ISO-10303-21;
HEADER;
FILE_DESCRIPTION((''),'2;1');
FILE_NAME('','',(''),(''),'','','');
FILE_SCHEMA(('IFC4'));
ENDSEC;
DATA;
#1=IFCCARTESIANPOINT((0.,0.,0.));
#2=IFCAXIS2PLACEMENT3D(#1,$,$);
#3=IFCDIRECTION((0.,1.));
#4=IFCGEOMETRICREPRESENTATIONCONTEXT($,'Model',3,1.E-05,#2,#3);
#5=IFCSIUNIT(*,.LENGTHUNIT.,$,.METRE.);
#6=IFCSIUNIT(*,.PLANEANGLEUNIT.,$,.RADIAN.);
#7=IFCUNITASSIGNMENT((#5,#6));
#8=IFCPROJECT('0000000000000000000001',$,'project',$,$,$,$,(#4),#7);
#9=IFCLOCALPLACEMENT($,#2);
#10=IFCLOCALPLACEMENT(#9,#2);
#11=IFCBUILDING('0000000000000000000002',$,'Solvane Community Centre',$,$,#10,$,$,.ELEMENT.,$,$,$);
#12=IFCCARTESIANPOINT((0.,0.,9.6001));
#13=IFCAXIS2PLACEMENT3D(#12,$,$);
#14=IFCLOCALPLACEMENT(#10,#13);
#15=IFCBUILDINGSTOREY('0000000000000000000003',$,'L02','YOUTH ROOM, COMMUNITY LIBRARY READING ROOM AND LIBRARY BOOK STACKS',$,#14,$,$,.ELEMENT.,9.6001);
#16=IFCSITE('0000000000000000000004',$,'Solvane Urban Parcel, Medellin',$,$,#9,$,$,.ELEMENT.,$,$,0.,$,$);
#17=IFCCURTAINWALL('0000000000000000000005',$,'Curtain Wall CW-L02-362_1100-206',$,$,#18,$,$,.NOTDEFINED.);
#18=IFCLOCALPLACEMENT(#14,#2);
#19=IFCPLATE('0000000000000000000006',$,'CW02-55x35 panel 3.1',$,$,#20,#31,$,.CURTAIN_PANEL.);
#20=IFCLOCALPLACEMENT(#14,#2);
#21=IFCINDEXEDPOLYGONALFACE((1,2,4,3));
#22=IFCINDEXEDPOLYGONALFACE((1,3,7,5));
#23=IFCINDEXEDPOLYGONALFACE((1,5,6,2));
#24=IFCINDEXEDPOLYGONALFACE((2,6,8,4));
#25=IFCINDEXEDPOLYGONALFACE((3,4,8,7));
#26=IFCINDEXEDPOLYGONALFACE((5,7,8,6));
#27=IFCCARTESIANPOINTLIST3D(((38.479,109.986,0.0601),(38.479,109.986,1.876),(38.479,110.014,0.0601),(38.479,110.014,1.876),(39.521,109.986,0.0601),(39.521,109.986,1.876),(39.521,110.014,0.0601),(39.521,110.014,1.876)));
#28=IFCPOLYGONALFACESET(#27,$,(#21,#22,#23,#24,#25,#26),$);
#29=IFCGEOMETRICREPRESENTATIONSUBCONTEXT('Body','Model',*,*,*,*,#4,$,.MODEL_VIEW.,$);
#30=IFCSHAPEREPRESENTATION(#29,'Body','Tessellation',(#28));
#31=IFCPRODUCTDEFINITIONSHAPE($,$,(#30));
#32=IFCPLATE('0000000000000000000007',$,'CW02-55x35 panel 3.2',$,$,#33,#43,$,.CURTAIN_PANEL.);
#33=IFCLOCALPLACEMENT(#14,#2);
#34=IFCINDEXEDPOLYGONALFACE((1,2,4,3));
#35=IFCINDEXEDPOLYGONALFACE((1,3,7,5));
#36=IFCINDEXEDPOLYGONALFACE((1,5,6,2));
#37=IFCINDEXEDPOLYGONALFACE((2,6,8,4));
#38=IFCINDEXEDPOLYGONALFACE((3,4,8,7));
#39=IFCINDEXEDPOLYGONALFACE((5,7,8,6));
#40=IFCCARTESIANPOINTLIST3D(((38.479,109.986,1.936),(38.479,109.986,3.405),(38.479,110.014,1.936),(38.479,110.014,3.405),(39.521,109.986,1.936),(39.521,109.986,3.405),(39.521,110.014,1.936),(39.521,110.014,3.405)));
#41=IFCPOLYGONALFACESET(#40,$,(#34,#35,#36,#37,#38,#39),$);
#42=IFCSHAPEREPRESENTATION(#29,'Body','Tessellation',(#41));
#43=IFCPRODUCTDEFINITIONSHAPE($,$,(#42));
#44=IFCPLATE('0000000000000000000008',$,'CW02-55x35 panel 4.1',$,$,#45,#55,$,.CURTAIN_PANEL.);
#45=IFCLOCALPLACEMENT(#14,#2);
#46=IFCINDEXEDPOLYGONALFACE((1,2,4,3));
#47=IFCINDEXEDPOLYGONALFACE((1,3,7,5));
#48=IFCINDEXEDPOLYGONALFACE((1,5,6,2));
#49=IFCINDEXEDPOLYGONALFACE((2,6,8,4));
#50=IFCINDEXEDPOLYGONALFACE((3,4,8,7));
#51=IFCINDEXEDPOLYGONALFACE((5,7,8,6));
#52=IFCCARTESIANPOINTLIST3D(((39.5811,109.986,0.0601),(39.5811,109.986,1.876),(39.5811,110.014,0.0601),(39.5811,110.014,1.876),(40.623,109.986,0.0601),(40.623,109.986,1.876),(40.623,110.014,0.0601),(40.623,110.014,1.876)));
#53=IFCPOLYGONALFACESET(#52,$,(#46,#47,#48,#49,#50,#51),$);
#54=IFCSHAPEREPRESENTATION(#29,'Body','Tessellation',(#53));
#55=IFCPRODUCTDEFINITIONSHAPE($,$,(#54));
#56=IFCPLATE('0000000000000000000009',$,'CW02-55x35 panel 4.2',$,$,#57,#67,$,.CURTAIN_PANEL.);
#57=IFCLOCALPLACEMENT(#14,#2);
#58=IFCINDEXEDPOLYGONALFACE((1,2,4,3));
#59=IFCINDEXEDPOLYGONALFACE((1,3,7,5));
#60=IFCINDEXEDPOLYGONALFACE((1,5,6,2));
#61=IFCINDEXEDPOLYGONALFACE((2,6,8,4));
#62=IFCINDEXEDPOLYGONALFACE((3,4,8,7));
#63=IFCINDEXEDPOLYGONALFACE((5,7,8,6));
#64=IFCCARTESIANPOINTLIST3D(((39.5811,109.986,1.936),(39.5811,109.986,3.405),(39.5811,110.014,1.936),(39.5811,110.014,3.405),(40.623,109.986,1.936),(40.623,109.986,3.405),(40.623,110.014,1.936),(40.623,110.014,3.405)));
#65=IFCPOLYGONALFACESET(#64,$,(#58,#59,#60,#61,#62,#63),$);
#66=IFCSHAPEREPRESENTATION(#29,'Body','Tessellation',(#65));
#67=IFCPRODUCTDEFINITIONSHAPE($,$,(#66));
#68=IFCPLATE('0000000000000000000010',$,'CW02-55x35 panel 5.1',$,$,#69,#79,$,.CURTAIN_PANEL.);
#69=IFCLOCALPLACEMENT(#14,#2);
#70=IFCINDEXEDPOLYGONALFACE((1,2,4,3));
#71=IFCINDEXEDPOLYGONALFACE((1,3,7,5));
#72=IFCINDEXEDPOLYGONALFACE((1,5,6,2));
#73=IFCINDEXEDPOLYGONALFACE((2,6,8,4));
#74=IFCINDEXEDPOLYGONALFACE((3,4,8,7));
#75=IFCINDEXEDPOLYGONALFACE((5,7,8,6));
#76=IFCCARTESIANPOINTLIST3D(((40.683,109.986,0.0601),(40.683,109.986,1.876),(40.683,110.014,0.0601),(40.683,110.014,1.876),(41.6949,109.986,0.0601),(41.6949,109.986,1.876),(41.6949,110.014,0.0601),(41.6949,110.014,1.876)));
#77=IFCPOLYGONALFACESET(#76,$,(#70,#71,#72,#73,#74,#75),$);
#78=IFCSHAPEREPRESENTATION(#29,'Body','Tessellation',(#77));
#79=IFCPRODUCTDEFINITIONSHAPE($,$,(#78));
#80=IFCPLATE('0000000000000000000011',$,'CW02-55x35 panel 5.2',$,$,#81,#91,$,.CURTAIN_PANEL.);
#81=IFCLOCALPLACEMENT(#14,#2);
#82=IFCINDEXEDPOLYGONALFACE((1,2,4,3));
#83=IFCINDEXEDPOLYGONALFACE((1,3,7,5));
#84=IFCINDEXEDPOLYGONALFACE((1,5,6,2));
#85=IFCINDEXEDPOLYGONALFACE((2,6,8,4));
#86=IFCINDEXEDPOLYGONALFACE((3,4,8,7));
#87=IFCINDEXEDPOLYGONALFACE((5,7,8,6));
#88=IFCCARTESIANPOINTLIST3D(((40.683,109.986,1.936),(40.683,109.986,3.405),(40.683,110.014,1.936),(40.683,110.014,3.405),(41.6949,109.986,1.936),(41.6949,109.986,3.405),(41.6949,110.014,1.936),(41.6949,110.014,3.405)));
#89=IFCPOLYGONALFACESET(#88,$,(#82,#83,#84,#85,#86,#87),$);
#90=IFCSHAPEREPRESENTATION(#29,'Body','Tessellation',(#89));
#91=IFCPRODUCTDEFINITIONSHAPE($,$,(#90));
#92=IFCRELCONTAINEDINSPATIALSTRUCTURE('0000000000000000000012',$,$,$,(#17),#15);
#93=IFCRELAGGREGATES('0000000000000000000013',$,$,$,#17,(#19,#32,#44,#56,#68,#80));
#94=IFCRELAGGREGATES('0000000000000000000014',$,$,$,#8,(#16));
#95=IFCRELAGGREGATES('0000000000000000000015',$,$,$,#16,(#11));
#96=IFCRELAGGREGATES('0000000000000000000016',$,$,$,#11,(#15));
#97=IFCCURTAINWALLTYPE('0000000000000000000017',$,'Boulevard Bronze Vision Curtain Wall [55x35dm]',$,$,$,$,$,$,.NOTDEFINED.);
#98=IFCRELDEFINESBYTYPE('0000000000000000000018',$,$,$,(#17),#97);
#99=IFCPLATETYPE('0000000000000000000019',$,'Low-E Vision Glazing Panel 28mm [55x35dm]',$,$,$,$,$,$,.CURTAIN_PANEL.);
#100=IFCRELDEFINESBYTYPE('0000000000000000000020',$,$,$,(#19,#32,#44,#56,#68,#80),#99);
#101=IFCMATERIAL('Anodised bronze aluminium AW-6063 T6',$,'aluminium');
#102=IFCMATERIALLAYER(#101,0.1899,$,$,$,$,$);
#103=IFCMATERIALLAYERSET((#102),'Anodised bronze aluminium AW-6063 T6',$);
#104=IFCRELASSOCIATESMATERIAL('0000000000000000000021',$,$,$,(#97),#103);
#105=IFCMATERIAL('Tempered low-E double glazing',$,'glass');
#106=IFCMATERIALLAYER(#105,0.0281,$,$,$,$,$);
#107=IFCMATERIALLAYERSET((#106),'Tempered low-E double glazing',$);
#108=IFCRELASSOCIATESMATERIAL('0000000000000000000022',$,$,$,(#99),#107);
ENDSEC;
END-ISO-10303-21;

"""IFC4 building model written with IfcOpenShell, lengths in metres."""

from ifc_helpers import new_model, si_unit, direction, frame, origin, origin_2d, place, context, subcontext, project, spatial, rectangle, extrude, material, layer, layer_set, type_object, element, aggregate, save


model = new_model("IFC4")

# Units and contexts
model_context = context("Model", 3, precision=1e-05, world=origin(), true_north=direction((0.0, 1.0)))
body_context = subcontext(model_context, "Body", "Model", "MODEL_VIEW")
ifc_project = project(units=[si_unit("LENGTHUNIT", "METRE"), si_unit("PLANEANGLEUNIT", "RADIAN")], contexts=[model_context])

# Site, building, storey
site_placement = place(None, origin())
site = spatial("IfcSite", under=ifc_project, at=site_placement, Name="Solvane Urban Parcel, Medellin", CompositionType="ELEMENT", RefElevation=0.0)
building_placement = place(site_placement, origin())
building = spatial("IfcBuilding", under=site, at=building_placement, Name="Solvane Community Centre", CompositionType="ELEMENT")
storey_placement = place(building_placement, frame((0.0, 0.0, 9.6001)))
storey = spatial("IfcBuildingStorey", under=building, at=storey_placement, Name="L02", Description="YOUTH ROOM, COMMUNITY LIBRARY READING ROOM AND LIBRARY BOOK STACKS", CompositionType="ELEMENT", Elevation=9.6001)

# Curtain wall
ifc_material_1 = material(Name="Anodised bronze aluminium AW-6063 T6", Category="aluminium")
ifc_layer_1 = layer(ifc_material_1, 0.1899)
ifc_layer_set_1 = layer_set([ifc_layer_1], Name="Anodised bronze aluminium AW-6063 T6")
curtain_wall_type_1 = type_object("IfcCurtainWallType", Name="Boulevard Bronze Vision Curtain Wall [55x35dm]", PredefinedType="NOTDEFINED", material=ifc_layer_set_1)
curtain_wall_1_placement = place(storey_placement, origin())
curtain_wall_1 = element("IfcCurtainWall", 1, at=curtain_wall_1_placement, inside=storey, type_object=curtain_wall_type_1, Name="Curtain Wall CW-L02-362_1100-206", PredefinedType="NOTDEFINED")

# Plates
ifc_material_2 = material(Name="Tempered low-E double glazing", Category="glass")
ifc_layer_2 = layer(ifc_material_2, 0.0281)
ifc_layer_set_2 = layer_set([ifc_layer_2], Name="Tempered low-E double glazing")
plate_type = type_object("IfcPlateType", Name="Low-E Vision Glazing Panel 28mm [55x35dm]", PredefinedType="CURTAIN_PANEL", material=ifc_layer_set_2)
plate_1_placement = place(storey_placement, frame((39.0, 110.0, 0.0601), z_axis=(0.0, 0.0, 1.0), x_axis=(1.0, 0.0, 0.0)))
plate_1 = element("IfcPlate", 2, at=plate_1_placement, type_object=plate_type, Name="CW02-55x35 panel 3.1", PredefinedType="CURTAIN_PANEL", context=body_context, shape_type="SweptSolid", body=[
    extrude(rectangle(XDim=1.042, YDim=0.0281, at=origin_2d()), origin(), (0.0, 0.0, 1.0), 1.8159),
])
plate_2_placement = place(storey_placement, frame((39.0, 110.0, 1.936), z_axis=(0.0, 0.0, 1.0), x_axis=(1.0, 0.0, 0.0)))
plate_2 = element("IfcPlate", 3, at=plate_2_placement, type_object=plate_type, Name="CW02-55x35 panel 3.2", PredefinedType="CURTAIN_PANEL", context=body_context, shape_type="SweptSolid", body=[
    extrude(rectangle(XDim=1.042, YDim=0.0281, at=origin_2d()), origin(), (0.0, 0.0, 1.0), 1.469),
])
plate_3_placement = place(storey_placement, frame((40.1021, 110.0, 0.0601), z_axis=(0.0, 0.0, 1.0), x_axis=(1.0, 0.0, 0.0)))
plate_3 = element("IfcPlate", 4, at=plate_3_placement, type_object=plate_type, Name="CW02-55x35 panel 4.1", PredefinedType="CURTAIN_PANEL", context=body_context, shape_type="SweptSolid", body=[
    extrude(rectangle(XDim=1.042, YDim=0.0281, at=origin_2d()), origin(), (0.0, 0.0, 1.0), 1.8159),
])
plate_4_placement = place(storey_placement, frame((40.1021, 110.0, 1.936), z_axis=(0.0, 0.0, 1.0), x_axis=(1.0, 0.0, 0.0)))
plate_4 = element("IfcPlate", 5, at=plate_4_placement, type_object=plate_type, Name="CW02-55x35 panel 4.2", PredefinedType="CURTAIN_PANEL", context=body_context, shape_type="SweptSolid", body=[
    extrude(rectangle(XDim=1.042, YDim=0.0281, at=origin_2d()), origin(), (0.0, 0.0, 1.0), 1.469),
])
plate_5_placement = place(storey_placement, frame((41.189, 110.0, 0.0601), z_axis=(0.0, 0.0, 1.0), x_axis=(1.0, 0.0, 0.0)))
plate_5 = element("IfcPlate", 6, at=plate_5_placement, type_object=plate_type, Name="CW02-55x35 panel 5.1", PredefinedType="CURTAIN_PANEL", context=body_context, shape_type="SweptSolid", body=[
    extrude(rectangle(XDim=1.012, YDim=0.0281, at=origin_2d()), origin(), (0.0, 0.0, 1.0), 1.8159),
])
plate_6_placement = place(storey_placement, frame((41.189, 110.0, 1.936), z_axis=(0.0, 0.0, 1.0), x_axis=(1.0, 0.0, 0.0)))
plate_6 = element("IfcPlate", 7, at=plate_6_placement, type_object=plate_type, Name="CW02-55x35 panel 5.2", PredefinedType="CURTAIN_PANEL", context=body_context, shape_type="SweptSolid", body=[
    extrude(rectangle(XDim=1.012, YDim=0.0281, at=origin_2d()), origin(), (0.0, 0.0, 1.0), 1.469),
])
aggregate(curtain_wall_1, [plate_1, plate_2, plate_3, plate_4, plate_5, plate_6])

save(model, "model.ifc")
